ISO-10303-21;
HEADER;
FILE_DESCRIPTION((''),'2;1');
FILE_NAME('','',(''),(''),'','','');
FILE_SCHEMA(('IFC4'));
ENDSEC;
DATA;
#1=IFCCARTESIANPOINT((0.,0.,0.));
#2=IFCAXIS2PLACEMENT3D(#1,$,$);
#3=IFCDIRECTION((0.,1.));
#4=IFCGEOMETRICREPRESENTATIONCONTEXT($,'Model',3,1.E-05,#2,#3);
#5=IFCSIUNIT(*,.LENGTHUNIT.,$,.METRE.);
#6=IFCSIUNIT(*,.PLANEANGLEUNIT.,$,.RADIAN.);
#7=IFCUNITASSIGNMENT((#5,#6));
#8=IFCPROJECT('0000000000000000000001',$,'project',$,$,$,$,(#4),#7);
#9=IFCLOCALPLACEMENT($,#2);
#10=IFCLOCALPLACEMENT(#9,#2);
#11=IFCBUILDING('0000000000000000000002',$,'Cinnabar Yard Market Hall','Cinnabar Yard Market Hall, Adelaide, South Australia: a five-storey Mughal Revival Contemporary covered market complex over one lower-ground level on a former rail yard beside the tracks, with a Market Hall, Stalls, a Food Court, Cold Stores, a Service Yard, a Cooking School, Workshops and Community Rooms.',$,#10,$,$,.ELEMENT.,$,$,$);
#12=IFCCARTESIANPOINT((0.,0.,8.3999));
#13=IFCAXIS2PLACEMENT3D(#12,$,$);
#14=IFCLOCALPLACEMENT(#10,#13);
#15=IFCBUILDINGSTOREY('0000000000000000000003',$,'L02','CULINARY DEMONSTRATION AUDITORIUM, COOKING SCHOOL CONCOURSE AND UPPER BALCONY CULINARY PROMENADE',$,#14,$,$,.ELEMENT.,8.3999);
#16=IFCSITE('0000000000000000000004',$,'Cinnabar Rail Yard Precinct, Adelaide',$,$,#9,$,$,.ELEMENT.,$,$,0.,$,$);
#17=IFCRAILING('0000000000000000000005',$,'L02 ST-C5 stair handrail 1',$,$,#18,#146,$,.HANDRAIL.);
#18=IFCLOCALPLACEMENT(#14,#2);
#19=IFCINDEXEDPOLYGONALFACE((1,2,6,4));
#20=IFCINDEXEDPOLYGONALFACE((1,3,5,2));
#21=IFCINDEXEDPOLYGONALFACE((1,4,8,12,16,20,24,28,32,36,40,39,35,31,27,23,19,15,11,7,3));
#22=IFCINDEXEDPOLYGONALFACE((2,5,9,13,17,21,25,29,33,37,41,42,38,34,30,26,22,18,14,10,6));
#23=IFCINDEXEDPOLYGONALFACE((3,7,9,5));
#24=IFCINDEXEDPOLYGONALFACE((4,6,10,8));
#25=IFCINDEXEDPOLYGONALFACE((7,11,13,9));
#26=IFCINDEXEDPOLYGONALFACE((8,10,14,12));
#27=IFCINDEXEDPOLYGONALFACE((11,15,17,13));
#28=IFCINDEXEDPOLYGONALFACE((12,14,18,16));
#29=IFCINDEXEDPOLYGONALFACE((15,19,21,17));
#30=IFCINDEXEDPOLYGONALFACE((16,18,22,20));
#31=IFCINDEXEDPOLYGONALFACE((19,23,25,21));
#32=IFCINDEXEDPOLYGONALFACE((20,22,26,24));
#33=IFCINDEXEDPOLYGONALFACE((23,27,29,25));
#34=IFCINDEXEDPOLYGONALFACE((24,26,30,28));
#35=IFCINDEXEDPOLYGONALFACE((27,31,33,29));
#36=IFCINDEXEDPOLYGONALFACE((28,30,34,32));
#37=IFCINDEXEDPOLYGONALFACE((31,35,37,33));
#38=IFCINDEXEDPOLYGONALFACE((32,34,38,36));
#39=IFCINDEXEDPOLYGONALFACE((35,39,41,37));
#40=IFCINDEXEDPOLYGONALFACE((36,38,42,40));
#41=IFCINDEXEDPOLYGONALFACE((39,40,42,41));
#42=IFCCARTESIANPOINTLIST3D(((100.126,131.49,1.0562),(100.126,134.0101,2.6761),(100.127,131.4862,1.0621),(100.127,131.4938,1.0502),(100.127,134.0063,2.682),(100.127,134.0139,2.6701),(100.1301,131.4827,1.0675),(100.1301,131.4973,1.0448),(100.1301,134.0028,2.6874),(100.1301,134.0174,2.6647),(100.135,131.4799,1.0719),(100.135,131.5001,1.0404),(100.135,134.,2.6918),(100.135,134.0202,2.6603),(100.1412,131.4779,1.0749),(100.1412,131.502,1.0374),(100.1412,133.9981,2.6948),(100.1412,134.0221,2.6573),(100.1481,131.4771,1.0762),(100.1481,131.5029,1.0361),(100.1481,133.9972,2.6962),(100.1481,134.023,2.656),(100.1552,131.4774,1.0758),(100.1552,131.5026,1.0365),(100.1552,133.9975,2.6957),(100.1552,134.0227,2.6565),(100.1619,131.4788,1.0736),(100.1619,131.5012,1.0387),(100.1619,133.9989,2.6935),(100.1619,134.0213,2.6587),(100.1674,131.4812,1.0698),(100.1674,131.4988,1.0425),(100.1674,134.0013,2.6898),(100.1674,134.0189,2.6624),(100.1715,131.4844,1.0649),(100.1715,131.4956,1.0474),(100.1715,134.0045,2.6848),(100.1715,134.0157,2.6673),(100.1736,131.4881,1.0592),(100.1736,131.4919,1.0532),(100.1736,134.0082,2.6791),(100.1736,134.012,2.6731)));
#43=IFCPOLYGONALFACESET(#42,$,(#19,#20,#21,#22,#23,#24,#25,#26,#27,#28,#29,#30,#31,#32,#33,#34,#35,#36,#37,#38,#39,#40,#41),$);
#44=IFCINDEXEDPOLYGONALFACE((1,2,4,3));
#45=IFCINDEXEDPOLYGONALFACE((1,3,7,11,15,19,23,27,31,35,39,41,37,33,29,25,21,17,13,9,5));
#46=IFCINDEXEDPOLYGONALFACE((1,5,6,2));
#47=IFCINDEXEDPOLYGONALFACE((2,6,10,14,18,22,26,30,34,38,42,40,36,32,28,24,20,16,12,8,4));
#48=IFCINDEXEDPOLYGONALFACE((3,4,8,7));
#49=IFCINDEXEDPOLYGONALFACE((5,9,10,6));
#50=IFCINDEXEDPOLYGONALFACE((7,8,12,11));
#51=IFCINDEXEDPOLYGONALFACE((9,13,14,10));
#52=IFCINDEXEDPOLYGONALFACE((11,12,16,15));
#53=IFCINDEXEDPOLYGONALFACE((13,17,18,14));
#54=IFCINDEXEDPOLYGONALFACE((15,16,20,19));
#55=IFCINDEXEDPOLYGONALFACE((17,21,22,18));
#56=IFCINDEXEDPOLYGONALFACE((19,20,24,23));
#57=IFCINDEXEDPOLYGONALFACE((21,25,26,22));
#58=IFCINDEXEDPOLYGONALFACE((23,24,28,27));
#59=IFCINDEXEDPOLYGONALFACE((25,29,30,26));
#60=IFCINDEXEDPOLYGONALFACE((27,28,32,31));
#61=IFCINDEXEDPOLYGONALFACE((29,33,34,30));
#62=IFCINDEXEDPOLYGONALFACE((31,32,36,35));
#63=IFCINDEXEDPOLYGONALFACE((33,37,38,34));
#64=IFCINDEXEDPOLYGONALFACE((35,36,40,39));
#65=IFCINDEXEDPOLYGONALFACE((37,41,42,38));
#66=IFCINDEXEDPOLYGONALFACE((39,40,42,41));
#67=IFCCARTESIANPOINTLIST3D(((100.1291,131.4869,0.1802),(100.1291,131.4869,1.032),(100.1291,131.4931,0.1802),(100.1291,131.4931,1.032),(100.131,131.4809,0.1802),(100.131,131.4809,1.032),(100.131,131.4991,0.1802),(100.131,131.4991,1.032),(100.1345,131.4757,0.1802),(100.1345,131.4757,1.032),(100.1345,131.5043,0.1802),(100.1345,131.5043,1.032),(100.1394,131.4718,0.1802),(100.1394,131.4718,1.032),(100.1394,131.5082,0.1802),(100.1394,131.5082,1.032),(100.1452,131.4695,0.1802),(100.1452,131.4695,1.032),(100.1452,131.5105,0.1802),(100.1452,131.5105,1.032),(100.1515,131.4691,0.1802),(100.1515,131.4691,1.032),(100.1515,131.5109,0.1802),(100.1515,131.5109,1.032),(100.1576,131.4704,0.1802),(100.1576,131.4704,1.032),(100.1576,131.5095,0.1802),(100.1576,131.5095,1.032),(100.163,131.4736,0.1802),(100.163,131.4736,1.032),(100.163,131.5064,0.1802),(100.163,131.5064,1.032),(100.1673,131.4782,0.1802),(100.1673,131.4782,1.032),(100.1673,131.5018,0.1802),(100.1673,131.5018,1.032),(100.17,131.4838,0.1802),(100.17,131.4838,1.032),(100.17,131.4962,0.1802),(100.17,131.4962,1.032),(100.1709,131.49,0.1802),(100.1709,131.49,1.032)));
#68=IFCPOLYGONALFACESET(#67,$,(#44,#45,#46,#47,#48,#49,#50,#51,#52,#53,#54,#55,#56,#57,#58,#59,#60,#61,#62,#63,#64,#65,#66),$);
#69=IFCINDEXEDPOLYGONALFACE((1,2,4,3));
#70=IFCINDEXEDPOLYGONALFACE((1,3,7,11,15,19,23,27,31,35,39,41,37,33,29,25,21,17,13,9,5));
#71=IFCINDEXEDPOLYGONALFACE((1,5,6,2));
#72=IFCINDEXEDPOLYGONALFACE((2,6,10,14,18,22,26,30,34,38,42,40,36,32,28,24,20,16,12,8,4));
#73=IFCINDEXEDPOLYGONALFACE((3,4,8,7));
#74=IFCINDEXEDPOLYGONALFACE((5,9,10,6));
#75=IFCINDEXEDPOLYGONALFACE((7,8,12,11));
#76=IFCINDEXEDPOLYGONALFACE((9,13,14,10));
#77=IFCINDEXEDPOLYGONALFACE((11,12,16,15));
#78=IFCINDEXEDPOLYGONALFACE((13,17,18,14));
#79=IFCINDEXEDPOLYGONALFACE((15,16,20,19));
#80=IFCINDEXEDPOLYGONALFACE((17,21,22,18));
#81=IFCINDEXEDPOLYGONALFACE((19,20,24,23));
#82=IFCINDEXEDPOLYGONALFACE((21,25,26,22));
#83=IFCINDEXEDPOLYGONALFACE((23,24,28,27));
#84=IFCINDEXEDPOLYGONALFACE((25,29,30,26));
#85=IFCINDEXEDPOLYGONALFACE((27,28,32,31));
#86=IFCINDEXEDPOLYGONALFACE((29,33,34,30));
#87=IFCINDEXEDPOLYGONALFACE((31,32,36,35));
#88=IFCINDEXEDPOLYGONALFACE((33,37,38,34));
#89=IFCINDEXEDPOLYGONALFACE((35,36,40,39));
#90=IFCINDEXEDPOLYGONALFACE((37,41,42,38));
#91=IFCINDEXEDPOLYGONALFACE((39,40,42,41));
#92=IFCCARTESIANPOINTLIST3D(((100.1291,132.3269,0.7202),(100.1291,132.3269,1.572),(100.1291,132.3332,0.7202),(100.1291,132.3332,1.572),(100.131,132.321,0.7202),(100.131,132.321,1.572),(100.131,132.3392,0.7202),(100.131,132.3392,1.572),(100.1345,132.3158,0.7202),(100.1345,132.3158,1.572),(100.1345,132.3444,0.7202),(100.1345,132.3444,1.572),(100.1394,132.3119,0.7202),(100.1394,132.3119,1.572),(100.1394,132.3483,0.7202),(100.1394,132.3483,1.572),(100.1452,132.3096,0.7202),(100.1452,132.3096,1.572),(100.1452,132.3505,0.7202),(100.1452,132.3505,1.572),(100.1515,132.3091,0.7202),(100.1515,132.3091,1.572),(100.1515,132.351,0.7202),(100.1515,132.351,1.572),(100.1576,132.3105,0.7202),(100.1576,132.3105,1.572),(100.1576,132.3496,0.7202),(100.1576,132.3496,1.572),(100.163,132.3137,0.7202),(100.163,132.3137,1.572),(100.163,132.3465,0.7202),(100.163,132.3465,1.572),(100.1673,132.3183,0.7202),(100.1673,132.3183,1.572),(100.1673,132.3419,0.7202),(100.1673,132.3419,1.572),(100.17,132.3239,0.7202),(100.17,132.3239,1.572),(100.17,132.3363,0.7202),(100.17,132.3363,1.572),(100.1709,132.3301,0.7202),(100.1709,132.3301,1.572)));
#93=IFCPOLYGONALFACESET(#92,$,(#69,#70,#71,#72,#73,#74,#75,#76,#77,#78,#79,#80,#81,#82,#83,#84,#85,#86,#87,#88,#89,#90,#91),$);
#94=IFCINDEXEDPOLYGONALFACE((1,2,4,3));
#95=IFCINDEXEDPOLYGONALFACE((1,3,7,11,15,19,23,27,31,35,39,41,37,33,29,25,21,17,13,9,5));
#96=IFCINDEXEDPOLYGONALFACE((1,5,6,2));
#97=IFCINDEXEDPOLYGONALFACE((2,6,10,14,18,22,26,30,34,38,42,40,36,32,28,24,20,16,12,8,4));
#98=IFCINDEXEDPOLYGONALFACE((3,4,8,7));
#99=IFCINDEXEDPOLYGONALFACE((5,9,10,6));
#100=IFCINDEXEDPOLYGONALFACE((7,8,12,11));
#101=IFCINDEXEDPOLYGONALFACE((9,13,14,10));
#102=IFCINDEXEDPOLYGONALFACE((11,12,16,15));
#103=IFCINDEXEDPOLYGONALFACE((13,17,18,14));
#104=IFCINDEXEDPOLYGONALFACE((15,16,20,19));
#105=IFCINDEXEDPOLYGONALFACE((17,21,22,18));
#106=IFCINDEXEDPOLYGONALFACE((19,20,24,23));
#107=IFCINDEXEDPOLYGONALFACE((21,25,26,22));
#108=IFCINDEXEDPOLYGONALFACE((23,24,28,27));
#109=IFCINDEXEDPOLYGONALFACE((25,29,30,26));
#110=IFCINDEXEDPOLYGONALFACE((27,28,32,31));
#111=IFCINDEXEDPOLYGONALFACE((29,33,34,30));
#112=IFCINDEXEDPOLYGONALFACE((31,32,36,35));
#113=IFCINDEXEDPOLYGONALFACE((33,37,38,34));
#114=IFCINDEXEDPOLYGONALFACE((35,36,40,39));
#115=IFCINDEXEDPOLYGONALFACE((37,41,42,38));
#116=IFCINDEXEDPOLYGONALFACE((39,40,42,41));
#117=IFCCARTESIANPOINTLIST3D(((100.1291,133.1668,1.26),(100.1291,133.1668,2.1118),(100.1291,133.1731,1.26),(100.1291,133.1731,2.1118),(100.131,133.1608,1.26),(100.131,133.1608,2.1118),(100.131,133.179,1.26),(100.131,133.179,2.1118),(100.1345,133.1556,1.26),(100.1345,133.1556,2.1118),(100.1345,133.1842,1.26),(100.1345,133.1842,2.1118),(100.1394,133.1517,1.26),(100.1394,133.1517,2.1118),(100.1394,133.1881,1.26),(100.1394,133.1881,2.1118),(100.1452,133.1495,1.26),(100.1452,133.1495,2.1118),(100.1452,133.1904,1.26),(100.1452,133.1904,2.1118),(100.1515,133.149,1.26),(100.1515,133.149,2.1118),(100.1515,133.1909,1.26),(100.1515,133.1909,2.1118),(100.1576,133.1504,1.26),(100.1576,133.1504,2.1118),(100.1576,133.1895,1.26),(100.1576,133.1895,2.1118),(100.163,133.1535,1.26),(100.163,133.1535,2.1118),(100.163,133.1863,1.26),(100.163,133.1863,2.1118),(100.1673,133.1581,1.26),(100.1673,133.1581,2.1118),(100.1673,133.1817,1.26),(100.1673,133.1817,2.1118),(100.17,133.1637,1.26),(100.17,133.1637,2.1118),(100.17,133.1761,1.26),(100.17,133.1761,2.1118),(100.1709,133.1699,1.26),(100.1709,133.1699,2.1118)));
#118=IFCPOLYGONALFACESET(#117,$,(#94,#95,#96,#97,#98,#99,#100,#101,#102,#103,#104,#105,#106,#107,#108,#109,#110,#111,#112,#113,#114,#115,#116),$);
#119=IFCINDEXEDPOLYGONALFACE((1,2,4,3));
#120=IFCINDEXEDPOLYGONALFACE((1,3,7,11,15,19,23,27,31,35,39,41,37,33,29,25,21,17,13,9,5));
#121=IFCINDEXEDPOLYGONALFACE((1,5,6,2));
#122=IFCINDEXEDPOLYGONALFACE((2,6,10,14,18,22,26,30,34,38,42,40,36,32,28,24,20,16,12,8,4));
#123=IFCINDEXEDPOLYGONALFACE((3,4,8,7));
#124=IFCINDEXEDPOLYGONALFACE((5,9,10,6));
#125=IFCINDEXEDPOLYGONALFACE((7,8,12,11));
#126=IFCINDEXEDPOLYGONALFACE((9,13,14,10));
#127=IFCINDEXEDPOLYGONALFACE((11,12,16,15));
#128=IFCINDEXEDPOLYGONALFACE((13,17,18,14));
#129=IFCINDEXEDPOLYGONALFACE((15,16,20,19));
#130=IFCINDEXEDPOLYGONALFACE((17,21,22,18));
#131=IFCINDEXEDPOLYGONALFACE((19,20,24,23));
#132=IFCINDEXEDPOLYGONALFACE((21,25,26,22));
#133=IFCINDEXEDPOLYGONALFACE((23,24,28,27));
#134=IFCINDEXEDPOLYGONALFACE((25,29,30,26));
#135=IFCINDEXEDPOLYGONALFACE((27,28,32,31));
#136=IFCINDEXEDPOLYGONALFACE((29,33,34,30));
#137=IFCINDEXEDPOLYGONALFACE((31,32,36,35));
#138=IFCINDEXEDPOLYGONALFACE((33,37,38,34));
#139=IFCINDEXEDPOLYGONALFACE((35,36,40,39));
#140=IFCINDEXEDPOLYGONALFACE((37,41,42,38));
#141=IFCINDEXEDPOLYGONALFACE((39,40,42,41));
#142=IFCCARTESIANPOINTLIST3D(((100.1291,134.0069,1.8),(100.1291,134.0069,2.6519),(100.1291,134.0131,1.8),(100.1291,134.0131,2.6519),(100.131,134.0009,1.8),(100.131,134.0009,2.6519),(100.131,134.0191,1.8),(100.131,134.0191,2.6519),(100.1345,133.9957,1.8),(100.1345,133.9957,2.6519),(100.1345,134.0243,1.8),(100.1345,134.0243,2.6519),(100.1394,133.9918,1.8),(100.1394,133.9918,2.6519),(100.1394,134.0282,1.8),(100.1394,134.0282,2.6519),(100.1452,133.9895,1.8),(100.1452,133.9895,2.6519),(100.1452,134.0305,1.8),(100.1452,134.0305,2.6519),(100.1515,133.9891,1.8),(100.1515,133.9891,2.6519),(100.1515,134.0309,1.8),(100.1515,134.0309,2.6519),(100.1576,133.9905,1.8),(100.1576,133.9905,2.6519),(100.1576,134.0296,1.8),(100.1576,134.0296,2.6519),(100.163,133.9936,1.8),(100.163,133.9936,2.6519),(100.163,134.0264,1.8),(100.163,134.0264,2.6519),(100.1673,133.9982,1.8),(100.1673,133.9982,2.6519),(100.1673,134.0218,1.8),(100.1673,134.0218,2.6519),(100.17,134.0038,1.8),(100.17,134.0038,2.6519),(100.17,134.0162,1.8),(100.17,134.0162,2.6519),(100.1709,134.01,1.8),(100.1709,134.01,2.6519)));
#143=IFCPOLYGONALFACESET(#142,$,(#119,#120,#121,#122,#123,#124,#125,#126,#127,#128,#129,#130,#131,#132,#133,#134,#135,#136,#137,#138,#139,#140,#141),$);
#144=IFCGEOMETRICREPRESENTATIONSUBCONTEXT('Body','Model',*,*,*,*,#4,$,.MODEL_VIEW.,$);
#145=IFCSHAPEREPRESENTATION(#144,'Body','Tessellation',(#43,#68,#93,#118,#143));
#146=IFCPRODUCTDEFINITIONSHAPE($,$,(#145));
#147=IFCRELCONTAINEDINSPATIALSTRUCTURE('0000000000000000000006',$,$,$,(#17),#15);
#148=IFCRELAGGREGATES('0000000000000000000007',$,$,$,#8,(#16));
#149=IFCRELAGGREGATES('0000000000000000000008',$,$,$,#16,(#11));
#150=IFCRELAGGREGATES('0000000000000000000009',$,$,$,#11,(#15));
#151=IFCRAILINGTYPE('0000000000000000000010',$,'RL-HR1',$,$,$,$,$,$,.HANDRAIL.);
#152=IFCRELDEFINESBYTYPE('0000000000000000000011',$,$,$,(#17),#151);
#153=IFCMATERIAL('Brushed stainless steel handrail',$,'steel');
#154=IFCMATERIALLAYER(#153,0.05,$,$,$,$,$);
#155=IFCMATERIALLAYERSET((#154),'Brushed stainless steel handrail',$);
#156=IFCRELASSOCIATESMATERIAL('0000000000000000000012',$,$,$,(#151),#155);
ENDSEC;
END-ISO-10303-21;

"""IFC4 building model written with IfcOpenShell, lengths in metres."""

from ifc_helpers import new_model, si_unit, direction, frame, origin, origin_2d_with_axis, place, context, subcontext, project, spatial, circle, extrude, material, layer, layer_set, type_object, element, save


model = new_model("IFC4")

# Units and contexts
model_context = context("Model", 3, precision=1e-05, world=origin(), true_north=direction((0.0, 1.0)))
body_context = subcontext(model_context, "Body", "Model", "MODEL_VIEW")
ifc_project = project(units=[si_unit("LENGTHUNIT", "METRE"), si_unit("PLANEANGLEUNIT", "RADIAN")], contexts=[model_context])

# Site, building, storey
site_placement = place(None, origin())
site = spatial("IfcSite", under=ifc_project, at=site_placement, Name="Cinnabar Rail Yard Precinct, Adelaide", CompositionType="ELEMENT", RefElevation=0.0)
building_placement = place(site_placement, origin())
building = spatial("IfcBuilding", under=site, at=building_placement, Name="Cinnabar Yard Market Hall", Description="Cinnabar Yard Market Hall, Adelaide, South Australia: a five-storey Mughal Revival Contemporary covered market complex over one lower-ground level on a former rail yard beside the tracks, with a Market Hall, Stalls, a Food Court, Cold Stores, a Service Yard, a Cooking School, Workshops and Community Rooms.", CompositionType="ELEMENT")
storey_placement = place(building_placement, frame((0.0, 0.0, 8.3999)))
storey = spatial("IfcBuildingStorey", under=building, at=storey_placement, Name="L02", Description="CULINARY DEMONSTRATION AUDITORIUM, COOKING SCHOOL CONCOURSE AND UPPER BALCONY CULINARY PROMENADE", CompositionType="ELEMENT", Elevation=8.3999)

# Railing
ifc_material_1 = material(Name="Brushed stainless steel handrail", Category="steel")
ifc_layer_1 = layer(ifc_material_1, 0.05)
ifc_layer_set_1 = layer_set([ifc_layer_1], Name="Brushed stainless steel handrail")
railing_type_1 = type_object("IfcRailingType", Name="RL-HR1", PredefinedType="HANDRAIL", material=ifc_layer_set_1)
railing_1_placement = place(storey_placement, frame((100.1499, 131.49, 0.1802)))
element("IfcRailing", 1, at=railing_1_placement, inside=storey, type_object=railing_type_1, Name="L02 ST-C5 stair handrail 1", PredefinedType="HANDRAIL", context=body_context, shape_type="SweptSolid", body=[
    extrude(circle(Radius=0.0239, at=origin_2d_with_axis()), frame((0.0, 0.0, 0.876), z_axis=(0.0, 0.8412, 0.540725), x_axis=(-1.0, 0.0, 0.0)), (0.0, 0.0, 1.0), 2.9958),
    extrude(circle(Radius=0.021, at=origin_2d_with_axis()), origin(), (0.0, 0.0, 1.0), 0.8518),
    extrude(circle(Radius=0.021, at=origin_2d_with_axis()), frame((0.0, 0.8401, 0.54)), (0.0, 0.0, 1.0), 0.8518),
    extrude(circle(Radius=0.021, at=origin_2d_with_axis()), frame((0.0, 1.6799, 1.0798)), (0.0, 0.0, 1.0), 0.8518),
    extrude(circle(Radius=0.021, at=origin_2d_with_axis()), frame((0.0, 2.52, 1.6199)), (0.0, 0.0, 1.0), 0.8518),
])

save(model, "model.ifc")
